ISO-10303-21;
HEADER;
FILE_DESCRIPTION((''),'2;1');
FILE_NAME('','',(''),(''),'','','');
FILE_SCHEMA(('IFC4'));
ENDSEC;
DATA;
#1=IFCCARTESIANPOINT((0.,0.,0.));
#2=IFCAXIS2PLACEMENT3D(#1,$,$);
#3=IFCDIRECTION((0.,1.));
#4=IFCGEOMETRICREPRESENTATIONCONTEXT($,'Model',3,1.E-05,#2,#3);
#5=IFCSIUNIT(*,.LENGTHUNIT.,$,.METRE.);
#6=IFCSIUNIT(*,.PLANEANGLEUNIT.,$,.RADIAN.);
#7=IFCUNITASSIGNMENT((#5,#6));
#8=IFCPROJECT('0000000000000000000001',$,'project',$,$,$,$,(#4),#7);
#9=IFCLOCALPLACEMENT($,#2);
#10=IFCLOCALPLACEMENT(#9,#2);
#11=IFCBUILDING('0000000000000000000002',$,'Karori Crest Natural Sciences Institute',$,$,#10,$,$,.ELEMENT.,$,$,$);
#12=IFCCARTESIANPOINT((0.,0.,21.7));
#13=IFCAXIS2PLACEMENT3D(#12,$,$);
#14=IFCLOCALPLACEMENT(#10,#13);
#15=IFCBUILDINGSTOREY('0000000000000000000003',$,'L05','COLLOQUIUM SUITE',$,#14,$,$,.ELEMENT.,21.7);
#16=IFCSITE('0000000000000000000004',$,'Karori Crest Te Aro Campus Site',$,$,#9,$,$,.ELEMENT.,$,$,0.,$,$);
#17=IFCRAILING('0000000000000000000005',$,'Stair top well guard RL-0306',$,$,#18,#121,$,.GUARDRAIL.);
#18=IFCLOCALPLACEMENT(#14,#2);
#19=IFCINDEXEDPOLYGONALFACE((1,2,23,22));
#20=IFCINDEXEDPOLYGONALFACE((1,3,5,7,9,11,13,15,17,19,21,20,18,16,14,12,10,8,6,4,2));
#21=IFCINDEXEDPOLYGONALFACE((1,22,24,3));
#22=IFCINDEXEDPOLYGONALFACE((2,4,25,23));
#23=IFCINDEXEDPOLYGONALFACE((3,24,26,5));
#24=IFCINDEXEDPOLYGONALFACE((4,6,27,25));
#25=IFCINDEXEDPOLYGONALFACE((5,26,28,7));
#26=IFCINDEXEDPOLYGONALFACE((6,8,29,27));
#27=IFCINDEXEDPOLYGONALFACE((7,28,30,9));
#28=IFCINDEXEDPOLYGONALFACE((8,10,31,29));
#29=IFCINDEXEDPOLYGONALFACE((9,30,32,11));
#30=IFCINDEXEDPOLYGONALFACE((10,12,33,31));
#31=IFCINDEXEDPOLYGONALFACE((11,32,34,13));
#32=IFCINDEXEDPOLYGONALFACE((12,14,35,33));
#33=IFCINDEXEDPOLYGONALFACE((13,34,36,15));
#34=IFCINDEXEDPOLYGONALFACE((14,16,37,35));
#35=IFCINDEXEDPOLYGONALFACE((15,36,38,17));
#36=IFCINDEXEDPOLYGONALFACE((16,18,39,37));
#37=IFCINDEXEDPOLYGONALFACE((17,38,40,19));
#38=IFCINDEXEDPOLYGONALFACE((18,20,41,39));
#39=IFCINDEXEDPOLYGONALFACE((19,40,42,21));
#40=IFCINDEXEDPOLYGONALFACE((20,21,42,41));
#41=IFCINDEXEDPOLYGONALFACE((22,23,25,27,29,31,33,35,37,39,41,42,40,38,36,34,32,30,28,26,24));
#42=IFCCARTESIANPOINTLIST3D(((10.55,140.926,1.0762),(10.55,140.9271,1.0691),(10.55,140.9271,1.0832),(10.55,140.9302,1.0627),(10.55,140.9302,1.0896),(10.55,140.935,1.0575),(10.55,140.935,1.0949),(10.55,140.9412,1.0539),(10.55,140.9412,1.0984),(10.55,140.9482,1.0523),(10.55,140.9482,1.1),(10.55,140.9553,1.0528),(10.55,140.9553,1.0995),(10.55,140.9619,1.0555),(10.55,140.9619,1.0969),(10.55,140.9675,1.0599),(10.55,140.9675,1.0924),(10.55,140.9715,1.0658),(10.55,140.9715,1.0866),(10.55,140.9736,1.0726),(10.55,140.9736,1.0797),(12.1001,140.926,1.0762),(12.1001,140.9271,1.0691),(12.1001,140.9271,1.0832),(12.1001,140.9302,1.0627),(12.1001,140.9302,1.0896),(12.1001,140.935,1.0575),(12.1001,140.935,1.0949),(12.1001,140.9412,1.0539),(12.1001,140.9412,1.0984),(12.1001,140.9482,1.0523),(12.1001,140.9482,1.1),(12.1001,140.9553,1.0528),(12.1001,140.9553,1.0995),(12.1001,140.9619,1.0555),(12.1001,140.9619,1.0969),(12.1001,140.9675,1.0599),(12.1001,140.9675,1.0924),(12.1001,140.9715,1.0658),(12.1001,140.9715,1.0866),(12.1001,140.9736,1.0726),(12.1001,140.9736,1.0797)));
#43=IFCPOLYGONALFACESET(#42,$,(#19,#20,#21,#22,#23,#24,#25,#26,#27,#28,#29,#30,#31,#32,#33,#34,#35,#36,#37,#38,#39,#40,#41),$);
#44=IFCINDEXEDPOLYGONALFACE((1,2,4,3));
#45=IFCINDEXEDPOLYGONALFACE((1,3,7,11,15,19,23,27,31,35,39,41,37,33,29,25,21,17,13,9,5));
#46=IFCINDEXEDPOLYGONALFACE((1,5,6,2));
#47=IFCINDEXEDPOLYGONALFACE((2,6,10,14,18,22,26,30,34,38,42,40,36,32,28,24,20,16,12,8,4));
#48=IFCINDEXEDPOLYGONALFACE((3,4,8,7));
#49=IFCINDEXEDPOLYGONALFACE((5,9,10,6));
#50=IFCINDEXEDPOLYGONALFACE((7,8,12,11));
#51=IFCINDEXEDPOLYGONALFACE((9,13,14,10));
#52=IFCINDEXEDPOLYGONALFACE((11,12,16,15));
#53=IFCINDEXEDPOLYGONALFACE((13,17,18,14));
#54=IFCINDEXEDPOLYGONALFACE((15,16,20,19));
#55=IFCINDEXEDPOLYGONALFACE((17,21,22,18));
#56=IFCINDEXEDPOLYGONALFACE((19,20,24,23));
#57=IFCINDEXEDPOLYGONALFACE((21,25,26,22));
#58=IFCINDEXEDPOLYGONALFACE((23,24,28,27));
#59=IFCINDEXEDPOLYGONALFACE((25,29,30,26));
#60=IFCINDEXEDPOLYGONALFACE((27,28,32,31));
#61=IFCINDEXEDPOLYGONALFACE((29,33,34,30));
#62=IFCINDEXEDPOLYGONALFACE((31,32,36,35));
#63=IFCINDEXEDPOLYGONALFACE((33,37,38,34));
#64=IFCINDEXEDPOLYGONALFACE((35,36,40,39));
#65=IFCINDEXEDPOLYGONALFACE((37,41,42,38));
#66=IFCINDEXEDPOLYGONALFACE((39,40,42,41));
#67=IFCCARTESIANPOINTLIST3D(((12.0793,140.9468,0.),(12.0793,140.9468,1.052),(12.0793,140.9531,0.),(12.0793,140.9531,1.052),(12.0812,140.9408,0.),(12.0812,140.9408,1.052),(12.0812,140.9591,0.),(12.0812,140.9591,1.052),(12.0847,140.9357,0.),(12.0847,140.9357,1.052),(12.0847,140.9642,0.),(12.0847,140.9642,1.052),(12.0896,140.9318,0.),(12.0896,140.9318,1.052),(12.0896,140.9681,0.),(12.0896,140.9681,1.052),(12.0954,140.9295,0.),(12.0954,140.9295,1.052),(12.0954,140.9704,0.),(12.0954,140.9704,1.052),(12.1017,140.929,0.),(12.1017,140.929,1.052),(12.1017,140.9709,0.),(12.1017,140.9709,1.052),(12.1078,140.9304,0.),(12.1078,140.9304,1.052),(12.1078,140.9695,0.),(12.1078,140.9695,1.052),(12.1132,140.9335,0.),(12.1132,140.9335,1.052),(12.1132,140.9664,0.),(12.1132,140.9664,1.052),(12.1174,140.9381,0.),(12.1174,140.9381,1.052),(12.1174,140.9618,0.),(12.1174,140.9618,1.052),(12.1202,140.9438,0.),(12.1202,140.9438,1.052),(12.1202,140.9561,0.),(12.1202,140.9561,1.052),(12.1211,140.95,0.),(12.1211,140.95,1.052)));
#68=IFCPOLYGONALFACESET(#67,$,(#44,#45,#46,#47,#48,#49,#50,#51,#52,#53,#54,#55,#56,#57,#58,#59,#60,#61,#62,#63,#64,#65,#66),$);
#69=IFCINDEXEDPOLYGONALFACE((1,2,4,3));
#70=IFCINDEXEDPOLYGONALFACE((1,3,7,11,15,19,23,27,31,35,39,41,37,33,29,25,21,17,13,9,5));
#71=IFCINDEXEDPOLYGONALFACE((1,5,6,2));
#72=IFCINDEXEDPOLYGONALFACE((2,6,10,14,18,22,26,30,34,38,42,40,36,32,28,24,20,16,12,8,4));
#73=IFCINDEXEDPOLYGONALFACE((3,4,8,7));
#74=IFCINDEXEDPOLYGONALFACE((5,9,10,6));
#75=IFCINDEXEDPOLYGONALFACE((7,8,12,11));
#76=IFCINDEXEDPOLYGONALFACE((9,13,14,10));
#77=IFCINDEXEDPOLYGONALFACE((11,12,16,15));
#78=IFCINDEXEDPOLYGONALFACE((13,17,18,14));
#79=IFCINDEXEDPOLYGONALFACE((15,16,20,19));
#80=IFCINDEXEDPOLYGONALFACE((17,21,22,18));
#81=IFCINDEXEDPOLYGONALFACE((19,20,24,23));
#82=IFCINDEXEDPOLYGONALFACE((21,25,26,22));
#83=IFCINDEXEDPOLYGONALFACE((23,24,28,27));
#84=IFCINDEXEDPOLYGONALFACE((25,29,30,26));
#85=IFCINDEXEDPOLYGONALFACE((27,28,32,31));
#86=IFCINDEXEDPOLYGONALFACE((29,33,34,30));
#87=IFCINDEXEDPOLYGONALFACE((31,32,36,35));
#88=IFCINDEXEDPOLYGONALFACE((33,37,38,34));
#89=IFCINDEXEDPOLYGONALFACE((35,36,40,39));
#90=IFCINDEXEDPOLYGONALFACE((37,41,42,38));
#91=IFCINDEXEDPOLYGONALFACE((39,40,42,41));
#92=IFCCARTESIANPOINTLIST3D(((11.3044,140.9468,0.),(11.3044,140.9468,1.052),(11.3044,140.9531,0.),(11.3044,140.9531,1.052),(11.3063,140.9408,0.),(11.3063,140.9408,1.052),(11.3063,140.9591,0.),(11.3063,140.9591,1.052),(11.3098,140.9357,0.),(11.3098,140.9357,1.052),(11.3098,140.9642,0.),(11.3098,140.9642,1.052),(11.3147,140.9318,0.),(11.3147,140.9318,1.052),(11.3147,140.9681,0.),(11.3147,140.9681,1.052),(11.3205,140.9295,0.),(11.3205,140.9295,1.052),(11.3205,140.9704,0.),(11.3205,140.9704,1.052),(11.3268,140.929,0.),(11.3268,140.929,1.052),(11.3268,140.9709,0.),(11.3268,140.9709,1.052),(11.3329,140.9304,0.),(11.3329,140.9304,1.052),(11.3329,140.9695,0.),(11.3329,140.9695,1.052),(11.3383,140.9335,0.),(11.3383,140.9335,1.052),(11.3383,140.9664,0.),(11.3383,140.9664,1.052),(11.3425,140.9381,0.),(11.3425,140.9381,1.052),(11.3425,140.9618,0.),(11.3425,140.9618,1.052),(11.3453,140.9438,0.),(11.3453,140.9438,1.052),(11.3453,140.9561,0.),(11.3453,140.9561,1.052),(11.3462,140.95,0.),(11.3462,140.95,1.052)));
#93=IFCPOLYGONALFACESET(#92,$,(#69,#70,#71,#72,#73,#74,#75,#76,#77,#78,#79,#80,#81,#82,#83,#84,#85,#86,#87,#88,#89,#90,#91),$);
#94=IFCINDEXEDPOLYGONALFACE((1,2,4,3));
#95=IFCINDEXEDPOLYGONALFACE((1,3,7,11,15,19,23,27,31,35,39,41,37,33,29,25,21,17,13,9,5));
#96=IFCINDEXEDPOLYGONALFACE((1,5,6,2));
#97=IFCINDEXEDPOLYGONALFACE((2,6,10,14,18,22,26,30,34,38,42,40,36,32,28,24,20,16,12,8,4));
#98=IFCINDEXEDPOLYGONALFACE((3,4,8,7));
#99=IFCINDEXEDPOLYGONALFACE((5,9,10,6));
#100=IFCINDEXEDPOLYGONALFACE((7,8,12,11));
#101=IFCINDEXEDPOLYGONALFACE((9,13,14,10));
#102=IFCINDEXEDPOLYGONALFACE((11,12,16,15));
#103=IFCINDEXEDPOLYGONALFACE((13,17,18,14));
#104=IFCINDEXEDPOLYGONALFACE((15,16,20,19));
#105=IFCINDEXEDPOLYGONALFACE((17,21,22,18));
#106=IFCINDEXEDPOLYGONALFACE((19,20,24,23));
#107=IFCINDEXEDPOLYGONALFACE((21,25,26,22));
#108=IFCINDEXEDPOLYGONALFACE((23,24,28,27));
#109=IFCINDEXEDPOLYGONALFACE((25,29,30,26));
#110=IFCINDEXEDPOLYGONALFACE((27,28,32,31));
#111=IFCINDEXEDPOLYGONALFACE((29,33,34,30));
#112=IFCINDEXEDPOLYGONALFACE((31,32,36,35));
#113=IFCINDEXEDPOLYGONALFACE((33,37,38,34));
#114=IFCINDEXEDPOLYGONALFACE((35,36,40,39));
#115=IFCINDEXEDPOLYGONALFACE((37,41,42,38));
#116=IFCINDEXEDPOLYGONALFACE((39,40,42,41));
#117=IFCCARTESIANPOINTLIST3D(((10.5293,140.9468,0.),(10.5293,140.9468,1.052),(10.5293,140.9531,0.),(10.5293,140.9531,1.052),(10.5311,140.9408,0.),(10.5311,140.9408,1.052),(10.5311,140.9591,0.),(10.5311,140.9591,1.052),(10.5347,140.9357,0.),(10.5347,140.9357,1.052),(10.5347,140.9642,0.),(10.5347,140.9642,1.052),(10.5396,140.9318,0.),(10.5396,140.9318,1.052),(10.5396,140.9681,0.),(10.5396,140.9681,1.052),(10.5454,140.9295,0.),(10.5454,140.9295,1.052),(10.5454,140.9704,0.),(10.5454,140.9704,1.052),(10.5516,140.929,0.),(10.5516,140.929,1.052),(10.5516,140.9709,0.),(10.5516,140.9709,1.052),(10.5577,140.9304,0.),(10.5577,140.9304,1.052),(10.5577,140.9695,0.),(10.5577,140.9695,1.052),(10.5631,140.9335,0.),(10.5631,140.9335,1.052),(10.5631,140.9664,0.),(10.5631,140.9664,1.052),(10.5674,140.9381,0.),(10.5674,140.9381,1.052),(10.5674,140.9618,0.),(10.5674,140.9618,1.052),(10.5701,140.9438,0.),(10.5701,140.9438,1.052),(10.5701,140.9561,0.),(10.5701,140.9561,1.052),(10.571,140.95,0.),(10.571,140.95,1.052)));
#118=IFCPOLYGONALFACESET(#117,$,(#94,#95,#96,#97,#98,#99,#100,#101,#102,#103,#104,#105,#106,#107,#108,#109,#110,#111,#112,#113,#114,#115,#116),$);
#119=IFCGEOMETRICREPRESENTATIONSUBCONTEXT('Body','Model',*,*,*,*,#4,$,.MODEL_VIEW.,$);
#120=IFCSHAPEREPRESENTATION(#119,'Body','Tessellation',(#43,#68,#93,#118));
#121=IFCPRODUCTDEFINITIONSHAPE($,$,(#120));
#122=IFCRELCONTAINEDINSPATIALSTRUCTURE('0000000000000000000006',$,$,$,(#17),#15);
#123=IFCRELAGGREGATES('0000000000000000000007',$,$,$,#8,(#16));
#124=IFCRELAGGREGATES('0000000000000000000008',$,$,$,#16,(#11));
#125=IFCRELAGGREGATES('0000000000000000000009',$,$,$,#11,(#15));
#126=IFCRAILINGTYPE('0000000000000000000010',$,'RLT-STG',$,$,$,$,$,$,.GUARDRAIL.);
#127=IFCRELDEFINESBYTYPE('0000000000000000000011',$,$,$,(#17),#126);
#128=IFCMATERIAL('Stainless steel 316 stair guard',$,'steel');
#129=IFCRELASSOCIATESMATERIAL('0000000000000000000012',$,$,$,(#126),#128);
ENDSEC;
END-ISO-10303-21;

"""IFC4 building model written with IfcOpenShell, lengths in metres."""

from ifc_helpers import new_model, si_unit, direction, frame, origin, origin_2d, place, context, subcontext, project, spatial, circle, extrude, material, type_object, element, save


model = new_model("IFC4")

# Units and contexts
model_context = context("Model", 3, precision=1e-05, world=origin(), true_north=direction((0.0, 1.0)))
body_context = subcontext(model_context, "Body", "Model", "MODEL_VIEW")
ifc_project = project(units=[si_unit("LENGTHUNIT", "METRE"), si_unit("PLANEANGLEUNIT", "RADIAN")], contexts=[model_context])

# Site, building, storey
site_placement = place(None, origin())
site = spatial("IfcSite", under=ifc_project, at=site_placement, Name="Karori Crest Te Aro Campus Site", CompositionType="ELEMENT", RefElevation=0.0)
building_placement = place(site_placement, origin())
building = spatial("IfcBuilding", under=site, at=building_placement, Name="Karori Crest Natural Sciences Institute", CompositionType="ELEMENT")
storey_placement = place(building_placement, frame((0.0, 0.0, 21.7)))
storey = spatial("IfcBuildingStorey", under=building, at=storey_placement, Name="L05", Description="COLLOQUIUM SUITE", CompositionType="ELEMENT", Elevation=21.7)

# Railing
ifc_material_1 = material(Name="Stainless steel 316 stair guard", Category="steel")
railing_type = type_object("IfcRailingType", Name="RLT-STG", PredefinedType="GUARDRAIL", material=ifc_material_1)
railing_placement = place(storey_placement, frame((12.1001, 140.95, 0.0)))
element("IfcRailing", 1, at=railing_placement, inside=storey, type_object=railing_type, Name="Stair top well guard RL-0306", PredefinedType="GUARDRAIL", context=body_context, shape_type="SweptSolid", body=[
    extrude(circle(Radius=0.0239, at=origin_2d()), frame((0.0, 0.0, 1.0762), z_axis=(-1.0, 0.0, 0.0), x_axis=(0.0, -1.0, 0.0)), (0.0, 0.0, 1.0), 1.55),
    extrude(circle(Radius=0.021, at=origin_2d()), origin(), (0.0, 0.0, 1.0), 1.052),
    extrude(circle(Radius=0.021, at=origin_2d()), frame((-0.7749, 0.0, 0.0)), (0.0, 0.0, 1.0), 1.052),
    extrude(circle(Radius=0.021, at=origin_2d()), frame((-1.55, 0.0, 0.0)), (0.0, 0.0, 1.0), 1.052),
])

save(model, "model.ifc")
